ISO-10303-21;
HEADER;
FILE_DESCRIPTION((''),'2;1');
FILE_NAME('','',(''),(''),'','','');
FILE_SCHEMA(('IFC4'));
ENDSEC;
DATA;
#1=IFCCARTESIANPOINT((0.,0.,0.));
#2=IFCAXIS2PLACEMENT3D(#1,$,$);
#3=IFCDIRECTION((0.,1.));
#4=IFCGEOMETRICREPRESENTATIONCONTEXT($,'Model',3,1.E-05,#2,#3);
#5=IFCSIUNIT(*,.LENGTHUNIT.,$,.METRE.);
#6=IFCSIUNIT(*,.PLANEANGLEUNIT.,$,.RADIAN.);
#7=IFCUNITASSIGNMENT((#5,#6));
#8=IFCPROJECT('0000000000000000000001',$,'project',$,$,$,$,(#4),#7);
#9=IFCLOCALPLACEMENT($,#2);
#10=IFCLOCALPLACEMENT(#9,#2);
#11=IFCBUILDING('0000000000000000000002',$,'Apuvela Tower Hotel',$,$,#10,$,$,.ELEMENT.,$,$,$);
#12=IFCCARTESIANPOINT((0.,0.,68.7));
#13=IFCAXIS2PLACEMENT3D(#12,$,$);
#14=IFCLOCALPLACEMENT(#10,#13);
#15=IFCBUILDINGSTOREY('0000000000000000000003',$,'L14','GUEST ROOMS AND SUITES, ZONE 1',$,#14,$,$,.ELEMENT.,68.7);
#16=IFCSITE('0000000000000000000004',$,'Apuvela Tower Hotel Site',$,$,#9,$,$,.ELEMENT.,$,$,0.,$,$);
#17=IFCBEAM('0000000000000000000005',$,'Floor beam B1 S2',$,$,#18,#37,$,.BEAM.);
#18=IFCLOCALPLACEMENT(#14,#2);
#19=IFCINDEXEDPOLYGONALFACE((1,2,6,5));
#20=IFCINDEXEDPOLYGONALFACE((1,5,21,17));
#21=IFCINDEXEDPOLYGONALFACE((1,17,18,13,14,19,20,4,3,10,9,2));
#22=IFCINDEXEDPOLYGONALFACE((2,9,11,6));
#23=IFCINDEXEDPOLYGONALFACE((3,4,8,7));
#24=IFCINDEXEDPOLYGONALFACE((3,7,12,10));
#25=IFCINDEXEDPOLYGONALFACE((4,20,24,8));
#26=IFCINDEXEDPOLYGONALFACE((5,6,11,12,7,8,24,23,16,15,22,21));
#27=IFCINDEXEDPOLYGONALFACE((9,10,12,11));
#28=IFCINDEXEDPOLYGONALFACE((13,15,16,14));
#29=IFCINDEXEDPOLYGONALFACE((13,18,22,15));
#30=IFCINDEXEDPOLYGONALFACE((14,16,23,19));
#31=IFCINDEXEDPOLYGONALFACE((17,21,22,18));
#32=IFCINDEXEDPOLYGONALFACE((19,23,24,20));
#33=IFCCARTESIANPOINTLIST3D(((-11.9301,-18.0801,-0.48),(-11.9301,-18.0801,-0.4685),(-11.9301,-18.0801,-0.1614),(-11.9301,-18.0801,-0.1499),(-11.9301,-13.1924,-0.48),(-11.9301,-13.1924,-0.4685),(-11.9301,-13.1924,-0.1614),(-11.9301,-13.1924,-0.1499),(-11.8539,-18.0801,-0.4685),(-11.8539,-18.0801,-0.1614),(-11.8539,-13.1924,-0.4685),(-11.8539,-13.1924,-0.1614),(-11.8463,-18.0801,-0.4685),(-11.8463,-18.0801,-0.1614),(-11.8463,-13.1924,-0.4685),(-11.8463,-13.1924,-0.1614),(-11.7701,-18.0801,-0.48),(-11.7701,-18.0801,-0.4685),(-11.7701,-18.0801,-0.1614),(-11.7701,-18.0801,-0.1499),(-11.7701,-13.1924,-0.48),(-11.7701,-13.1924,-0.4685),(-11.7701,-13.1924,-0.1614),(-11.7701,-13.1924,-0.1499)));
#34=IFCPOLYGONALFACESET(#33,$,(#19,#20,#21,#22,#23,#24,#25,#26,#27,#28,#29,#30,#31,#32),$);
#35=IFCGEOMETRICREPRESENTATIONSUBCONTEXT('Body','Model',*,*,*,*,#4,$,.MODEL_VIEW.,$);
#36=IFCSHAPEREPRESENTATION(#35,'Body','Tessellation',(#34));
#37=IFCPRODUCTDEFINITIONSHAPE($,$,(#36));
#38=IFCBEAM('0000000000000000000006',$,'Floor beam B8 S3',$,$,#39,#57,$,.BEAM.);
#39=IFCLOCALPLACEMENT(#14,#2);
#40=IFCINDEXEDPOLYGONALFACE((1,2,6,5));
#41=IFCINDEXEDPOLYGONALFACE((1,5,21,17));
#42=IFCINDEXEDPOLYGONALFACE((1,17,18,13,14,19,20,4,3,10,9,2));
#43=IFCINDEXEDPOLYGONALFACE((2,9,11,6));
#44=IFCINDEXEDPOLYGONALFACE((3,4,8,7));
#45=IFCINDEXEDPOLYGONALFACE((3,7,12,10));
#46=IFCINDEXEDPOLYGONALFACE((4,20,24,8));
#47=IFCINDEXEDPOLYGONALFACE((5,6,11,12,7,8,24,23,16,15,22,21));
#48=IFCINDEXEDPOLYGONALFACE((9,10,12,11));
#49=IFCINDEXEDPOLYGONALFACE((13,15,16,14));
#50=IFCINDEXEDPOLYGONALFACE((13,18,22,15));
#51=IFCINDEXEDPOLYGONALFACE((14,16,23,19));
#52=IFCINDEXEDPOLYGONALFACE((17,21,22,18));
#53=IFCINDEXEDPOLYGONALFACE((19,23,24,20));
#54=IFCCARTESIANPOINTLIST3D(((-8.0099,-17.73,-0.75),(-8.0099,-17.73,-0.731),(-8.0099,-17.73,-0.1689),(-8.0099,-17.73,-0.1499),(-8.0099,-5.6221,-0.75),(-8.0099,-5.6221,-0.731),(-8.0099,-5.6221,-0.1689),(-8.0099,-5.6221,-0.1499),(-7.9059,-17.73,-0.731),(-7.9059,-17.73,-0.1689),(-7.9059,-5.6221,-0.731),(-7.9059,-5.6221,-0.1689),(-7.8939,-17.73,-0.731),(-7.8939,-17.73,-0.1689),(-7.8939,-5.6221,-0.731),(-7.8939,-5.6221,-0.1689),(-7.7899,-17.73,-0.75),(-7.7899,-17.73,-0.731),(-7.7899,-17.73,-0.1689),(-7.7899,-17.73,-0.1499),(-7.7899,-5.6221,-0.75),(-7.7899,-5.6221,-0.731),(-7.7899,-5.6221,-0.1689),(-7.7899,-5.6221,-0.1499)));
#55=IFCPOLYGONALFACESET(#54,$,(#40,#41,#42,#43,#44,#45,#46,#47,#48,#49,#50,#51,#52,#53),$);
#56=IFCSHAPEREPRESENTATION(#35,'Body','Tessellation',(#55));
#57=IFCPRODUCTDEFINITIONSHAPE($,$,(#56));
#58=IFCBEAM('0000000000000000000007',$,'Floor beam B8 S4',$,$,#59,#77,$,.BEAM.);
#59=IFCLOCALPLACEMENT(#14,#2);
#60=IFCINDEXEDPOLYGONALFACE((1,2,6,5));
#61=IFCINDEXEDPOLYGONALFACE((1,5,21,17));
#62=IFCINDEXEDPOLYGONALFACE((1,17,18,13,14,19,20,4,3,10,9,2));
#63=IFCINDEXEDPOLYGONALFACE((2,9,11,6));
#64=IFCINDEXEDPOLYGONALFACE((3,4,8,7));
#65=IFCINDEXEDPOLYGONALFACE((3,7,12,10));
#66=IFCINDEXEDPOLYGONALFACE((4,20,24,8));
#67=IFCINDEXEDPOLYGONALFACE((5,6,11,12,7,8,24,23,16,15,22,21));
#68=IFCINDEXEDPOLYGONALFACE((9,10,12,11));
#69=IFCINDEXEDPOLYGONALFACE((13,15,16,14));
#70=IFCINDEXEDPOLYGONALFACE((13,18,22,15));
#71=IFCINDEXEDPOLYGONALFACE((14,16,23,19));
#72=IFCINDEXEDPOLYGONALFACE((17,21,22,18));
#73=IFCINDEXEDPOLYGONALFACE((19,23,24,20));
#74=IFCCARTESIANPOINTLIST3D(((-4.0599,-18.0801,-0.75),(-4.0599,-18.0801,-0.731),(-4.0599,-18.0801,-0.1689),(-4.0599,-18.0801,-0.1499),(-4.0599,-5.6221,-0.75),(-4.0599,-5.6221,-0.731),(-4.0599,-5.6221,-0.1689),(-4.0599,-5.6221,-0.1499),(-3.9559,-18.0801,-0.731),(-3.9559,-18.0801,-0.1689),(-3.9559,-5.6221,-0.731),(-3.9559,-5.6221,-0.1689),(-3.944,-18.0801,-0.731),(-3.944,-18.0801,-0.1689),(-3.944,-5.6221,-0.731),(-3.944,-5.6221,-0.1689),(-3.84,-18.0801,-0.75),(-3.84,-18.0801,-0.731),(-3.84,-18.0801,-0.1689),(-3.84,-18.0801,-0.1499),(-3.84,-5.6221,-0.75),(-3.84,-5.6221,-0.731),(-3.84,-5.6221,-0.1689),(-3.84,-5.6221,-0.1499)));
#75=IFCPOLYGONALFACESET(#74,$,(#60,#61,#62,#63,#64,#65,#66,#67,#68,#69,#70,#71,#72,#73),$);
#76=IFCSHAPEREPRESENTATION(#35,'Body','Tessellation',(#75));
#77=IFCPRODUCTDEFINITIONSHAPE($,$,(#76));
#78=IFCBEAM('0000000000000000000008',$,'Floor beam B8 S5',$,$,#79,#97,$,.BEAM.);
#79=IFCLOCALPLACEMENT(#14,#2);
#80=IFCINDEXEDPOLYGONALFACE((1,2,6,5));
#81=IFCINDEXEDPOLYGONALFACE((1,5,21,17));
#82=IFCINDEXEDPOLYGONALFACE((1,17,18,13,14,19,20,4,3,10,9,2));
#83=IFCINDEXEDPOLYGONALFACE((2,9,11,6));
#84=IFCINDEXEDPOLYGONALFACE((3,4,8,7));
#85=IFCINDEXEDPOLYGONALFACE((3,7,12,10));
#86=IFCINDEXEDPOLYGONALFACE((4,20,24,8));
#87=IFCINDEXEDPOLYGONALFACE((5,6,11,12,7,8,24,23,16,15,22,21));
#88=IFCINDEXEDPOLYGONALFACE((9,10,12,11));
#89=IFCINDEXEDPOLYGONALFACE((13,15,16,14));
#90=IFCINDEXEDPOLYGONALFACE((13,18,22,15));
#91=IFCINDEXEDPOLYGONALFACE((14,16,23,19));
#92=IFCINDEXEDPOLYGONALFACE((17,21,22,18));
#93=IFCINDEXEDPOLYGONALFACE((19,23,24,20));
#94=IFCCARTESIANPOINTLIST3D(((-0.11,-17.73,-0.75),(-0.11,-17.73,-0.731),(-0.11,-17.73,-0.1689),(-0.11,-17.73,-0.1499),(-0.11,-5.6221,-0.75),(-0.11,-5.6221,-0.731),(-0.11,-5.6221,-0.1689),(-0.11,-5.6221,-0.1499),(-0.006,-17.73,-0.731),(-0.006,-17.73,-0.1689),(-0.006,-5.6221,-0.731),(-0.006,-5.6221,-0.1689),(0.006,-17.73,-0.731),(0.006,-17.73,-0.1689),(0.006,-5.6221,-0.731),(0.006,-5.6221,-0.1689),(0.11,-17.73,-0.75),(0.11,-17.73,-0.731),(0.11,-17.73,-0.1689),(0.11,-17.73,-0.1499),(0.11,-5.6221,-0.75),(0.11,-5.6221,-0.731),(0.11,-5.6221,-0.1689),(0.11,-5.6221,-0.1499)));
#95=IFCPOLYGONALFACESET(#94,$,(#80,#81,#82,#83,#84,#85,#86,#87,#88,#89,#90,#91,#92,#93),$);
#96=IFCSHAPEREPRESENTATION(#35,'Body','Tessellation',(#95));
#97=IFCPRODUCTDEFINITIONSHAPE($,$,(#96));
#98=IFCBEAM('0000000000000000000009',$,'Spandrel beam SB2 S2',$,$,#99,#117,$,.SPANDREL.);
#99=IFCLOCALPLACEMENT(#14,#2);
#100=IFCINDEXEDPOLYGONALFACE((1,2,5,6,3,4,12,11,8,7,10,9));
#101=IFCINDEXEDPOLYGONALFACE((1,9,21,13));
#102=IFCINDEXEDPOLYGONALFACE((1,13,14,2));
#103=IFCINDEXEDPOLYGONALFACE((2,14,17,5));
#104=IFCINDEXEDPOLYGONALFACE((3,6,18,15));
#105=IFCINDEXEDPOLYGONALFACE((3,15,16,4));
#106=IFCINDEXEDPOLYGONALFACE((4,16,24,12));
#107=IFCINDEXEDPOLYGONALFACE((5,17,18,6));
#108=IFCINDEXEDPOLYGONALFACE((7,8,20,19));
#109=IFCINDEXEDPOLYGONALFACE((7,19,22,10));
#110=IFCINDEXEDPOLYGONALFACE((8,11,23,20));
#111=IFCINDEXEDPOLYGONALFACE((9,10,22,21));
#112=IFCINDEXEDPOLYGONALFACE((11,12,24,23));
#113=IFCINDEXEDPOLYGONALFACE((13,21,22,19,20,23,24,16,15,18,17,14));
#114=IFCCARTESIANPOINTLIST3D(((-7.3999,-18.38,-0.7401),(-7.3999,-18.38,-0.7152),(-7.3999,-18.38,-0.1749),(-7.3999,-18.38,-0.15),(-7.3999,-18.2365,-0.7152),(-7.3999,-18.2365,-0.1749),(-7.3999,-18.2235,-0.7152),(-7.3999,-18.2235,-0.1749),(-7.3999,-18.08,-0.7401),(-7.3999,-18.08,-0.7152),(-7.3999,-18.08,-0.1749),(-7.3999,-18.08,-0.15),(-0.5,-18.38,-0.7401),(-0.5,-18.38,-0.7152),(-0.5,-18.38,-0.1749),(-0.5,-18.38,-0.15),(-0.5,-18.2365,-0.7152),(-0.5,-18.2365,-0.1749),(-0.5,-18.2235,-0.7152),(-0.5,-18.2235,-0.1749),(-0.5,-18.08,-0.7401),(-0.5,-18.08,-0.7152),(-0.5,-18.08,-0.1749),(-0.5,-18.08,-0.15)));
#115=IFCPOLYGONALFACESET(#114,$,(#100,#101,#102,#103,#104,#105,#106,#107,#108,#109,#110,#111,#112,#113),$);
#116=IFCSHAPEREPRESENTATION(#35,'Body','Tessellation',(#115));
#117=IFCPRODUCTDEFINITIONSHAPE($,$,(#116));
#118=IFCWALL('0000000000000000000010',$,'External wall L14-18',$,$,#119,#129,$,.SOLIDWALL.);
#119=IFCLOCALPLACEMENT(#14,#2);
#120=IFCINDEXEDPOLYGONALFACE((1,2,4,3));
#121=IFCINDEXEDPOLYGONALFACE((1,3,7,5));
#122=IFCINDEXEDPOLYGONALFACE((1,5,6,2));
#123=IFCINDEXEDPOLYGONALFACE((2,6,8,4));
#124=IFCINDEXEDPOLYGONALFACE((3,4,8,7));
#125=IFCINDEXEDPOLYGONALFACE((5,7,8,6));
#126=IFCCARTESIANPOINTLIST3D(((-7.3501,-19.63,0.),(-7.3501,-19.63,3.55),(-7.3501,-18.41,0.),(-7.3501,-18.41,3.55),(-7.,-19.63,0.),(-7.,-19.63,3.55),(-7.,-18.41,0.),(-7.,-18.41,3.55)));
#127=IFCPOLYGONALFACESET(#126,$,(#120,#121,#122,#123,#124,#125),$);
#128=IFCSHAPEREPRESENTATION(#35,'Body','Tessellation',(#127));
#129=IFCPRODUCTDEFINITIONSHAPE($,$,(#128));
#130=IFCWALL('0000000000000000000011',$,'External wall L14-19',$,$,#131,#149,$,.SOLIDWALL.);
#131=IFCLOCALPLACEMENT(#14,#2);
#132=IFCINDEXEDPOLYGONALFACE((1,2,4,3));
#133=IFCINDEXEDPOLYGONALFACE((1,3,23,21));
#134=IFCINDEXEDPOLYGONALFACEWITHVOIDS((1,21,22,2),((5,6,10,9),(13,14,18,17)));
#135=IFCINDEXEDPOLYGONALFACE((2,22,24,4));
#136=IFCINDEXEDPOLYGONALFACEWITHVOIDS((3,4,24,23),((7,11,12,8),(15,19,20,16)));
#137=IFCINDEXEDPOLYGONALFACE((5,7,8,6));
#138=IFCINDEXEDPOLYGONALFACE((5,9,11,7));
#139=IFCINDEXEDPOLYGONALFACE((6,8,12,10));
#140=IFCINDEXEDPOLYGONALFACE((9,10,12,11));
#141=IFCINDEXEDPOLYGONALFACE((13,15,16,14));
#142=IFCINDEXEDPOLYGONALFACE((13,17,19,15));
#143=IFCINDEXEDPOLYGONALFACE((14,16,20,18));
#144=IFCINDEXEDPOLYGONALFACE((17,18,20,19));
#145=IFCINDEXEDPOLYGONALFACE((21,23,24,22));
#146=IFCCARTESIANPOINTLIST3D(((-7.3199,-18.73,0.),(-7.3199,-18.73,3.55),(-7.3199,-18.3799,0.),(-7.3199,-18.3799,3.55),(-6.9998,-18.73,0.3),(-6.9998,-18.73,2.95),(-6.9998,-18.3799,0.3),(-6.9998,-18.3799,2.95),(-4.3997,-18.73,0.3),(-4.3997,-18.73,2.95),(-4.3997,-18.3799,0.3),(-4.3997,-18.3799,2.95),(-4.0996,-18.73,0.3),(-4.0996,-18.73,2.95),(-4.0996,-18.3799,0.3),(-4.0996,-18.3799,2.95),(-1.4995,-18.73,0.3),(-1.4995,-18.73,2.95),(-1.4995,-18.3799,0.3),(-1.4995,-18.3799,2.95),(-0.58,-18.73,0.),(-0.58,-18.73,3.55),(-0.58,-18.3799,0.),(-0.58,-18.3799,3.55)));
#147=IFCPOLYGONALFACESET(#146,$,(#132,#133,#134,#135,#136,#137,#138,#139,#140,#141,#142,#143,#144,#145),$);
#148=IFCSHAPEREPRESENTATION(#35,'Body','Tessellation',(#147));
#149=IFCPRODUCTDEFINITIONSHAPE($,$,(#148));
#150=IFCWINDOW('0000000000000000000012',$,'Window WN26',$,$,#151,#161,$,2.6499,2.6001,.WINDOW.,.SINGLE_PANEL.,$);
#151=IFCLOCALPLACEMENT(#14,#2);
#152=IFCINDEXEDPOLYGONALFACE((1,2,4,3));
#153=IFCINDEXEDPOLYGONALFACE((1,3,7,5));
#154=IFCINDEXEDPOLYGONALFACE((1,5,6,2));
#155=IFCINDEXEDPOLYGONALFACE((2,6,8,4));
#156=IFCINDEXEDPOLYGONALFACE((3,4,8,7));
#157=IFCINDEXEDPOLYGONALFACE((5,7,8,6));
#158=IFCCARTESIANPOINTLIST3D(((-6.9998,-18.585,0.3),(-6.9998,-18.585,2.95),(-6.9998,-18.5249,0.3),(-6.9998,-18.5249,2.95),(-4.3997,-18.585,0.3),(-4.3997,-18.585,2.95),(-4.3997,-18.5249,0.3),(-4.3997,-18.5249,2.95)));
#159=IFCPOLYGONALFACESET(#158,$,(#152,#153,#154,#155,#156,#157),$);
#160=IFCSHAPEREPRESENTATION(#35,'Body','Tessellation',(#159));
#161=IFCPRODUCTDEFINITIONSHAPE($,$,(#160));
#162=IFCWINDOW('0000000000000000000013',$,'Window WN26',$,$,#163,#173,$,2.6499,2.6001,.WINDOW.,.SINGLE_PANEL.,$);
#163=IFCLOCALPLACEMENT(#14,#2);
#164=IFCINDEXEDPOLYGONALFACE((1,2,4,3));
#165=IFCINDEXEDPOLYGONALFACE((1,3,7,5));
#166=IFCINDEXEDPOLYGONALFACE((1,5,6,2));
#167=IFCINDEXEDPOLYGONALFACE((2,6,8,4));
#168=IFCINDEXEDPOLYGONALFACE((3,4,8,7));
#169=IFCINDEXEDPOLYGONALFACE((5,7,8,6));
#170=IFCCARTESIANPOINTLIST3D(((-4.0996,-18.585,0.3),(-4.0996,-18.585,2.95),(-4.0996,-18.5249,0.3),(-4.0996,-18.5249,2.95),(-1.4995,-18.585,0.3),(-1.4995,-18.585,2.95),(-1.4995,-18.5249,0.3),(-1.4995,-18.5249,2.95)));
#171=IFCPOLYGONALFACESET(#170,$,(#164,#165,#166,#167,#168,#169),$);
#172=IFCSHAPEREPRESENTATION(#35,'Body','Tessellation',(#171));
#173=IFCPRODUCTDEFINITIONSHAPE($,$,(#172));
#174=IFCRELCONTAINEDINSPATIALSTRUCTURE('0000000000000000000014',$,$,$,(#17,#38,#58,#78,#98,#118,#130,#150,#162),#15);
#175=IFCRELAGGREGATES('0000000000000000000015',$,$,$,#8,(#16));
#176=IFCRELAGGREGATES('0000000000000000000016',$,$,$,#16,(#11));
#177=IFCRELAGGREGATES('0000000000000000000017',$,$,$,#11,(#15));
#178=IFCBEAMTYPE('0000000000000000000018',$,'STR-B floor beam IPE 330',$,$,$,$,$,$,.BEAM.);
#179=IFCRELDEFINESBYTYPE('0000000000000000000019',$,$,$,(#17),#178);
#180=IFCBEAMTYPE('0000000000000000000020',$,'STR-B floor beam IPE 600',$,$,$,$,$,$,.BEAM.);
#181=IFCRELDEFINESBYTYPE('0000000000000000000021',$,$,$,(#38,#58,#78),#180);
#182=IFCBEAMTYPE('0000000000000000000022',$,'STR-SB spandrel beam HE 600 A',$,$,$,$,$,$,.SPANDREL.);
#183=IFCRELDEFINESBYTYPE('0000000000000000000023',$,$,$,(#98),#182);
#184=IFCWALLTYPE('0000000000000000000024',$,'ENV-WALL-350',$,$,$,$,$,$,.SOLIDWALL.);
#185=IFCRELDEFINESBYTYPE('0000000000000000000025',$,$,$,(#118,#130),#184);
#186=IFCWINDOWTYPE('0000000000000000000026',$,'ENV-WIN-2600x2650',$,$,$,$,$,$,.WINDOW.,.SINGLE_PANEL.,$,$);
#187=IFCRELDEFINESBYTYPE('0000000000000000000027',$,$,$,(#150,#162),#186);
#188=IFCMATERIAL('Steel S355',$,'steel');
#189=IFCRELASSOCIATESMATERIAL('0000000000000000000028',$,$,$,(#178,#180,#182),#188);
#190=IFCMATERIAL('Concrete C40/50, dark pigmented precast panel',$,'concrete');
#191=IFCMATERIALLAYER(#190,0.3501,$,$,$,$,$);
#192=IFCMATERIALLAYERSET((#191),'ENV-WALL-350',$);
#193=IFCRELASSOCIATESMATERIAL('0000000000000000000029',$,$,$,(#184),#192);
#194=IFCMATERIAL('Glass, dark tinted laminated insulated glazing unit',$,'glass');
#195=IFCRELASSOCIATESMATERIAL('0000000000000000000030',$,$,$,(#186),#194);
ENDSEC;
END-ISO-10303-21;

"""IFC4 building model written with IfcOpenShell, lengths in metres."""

from ifc_helpers import new_model, si_unit, direction, frame, frame_2d, origin, origin_2d, place, context, subcontext, project, spatial, rectangle, i_section, extrude, material, layer, layer_set, material_profile, profile_set, type_object, element, fill, save


model = new_model("IFC4")

# Units and contexts
model_context = context("Model", 3, precision=1e-05, world=origin(), true_north=direction((0.0, 1.0)))
body_context = subcontext(model_context, "Body", "Model", "MODEL_VIEW")
ifc_project = project(units=[si_unit("LENGTHUNIT", "METRE"), si_unit("PLANEANGLEUNIT", "RADIAN")], contexts=[model_context])

# Site, building, storey
site_placement = place(None, origin())
site = spatial("IfcSite", under=ifc_project, at=site_placement, Name="Apuvela Tower Hotel Site", CompositionType="ELEMENT", RefElevation=0.0)
building_placement = place(site_placement, origin())
building = spatial("IfcBuilding", under=site, at=building_placement, Name="Apuvela Tower Hotel", CompositionType="ELEMENT")
storey_placement = place(building_placement, frame((0.0, 0.0, 68.7)))
storey = spatial("IfcBuildingStorey", under=building, at=storey_placement, Name="L14", Description="GUEST ROOMS AND SUITES, ZONE 1", CompositionType="ELEMENT", Elevation=68.7)

# Beams
ifc_material_1 = material(Name="Steel S355", Category="steel")
ifc_material_profile_1 = material_profile(ifc_material_1, i_section(OverallWidth=0.1599, OverallDepth=0.3301, WebThickness=0.0076, FlangeThickness=0.0115, at=origin_2d()), Name="IPE 330")
ifc_profile_set_1 = profile_set([ifc_material_profile_1], Name="Steel S355")
beam_type_1 = type_object("IfcBeamType", Name="STR-B floor beam IPE 330", PredefinedType="BEAM", material=ifc_profile_set_1)
beam_1_placement = place(storey_placement, frame((-11.8501, -18.0801, -0.3149), z_axis=(0.0, 1.0, 0.0), x_axis=(-1.0, 0.0, 0.0)))
element("IfcBeam", 1, at=beam_1_placement, inside=storey, type_object=beam_type_1, Name="Floor beam B1 S2", PredefinedType="BEAM", context=body_context, shape_type="SweptSolid", body=[
    extrude(i_section(OverallWidth=0.1599, OverallDepth=0.3301, WebThickness=0.0076, FlangeThickness=0.0115, at=origin_2d()), origin(), (0.0, 0.0, 1.0), 4.8877),
])
ifc_material_profile_2 = material_profile(ifc_material_1, i_section(OverallWidth=0.22, OverallDepth=0.6001, WebThickness=0.012, FlangeThickness=0.019, at=origin_2d()), Name="IPE 600")
ifc_profile_set_2 = profile_set([ifc_material_profile_2], Name="Steel S355")
beam_type_2 = type_object("IfcBeamType", Name="STR-B floor beam IPE 600", PredefinedType="BEAM", material=ifc_profile_set_2)
beam_2_placement = place(storey_placement, frame((-7.8999, -17.73, -0.45), z_axis=(0.0, 1.0, 0.0), x_axis=(-1.0, 0.0, 0.0)))
element("IfcBeam", 2, at=beam_2_placement, inside=storey, type_object=beam_type_2, Name="Floor beam B8 S3", PredefinedType="BEAM", context=body_context, shape_type="SweptSolid", body=[
    extrude(i_section(OverallWidth=0.22, OverallDepth=0.6001, WebThickness=0.012, FlangeThickness=0.019, at=origin_2d()), origin(), (0.0, 0.0, 1.0), 12.1079),
])
beam_3_placement = place(storey_placement, frame((-3.95, -18.0801, -0.45), z_axis=(0.0, 1.0, 0.0), x_axis=(-1.0, 0.0, 0.0)))
element("IfcBeam", 3, at=beam_3_placement, inside=storey, type_object=beam_type_2, Name="Floor beam B8 S4", PredefinedType="BEAM", context=body_context, shape_type="SweptSolid", body=[
    extrude(i_section(OverallWidth=0.22, OverallDepth=0.6001, WebThickness=0.012, FlangeThickness=0.019, at=origin_2d()), origin(), (0.0, 0.0, 1.0), 12.458),
])
beam_4_placement = place(storey_placement, frame((0.0, -17.73, -0.45), z_axis=(0.0, 1.0, 0.0), x_axis=(-1.0, 0.0, 0.0)))
element("IfcBeam", 4, at=beam_4_placement, inside=storey, type_object=beam_type_2, Name="Floor beam B8 S5", PredefinedType="BEAM", context=body_context, shape_type="SweptSolid", body=[
    extrude(i_section(OverallWidth=0.22, OverallDepth=0.6001, WebThickness=0.012, FlangeThickness=0.019, at=origin_2d()), origin(), (0.0, 0.0, 1.0), 12.1079),
])
ifc_material_profile_3 = material_profile(ifc_material_1, i_section(OverallWidth=0.3, OverallDepth=0.5901, WebThickness=0.0129, FlangeThickness=0.0249, at=origin_2d()), Name="HE 600 A")
ifc_profile_set_3 = profile_set([ifc_material_profile_3], Name="Steel S355")
beam_type_3 = type_object("IfcBeamType", Name="STR-SB spandrel beam HE 600 A", PredefinedType="SPANDREL", material=ifc_profile_set_3)
beam_5_placement = place(storey_placement, frame((-7.3999, -18.23, -0.4451), z_axis=(1.0, 0.0, 0.0), x_axis=(0.0, 1.0, 0.0)))
element("IfcBeam", 5, at=beam_5_placement, inside=storey, type_object=beam_type_3, Name="Spandrel beam SB2 S2", PredefinedType="SPANDREL", context=body_context, shape_type="SweptSolid", body=[
    extrude(i_section(OverallWidth=0.3, OverallDepth=0.5901, WebThickness=0.0129, FlangeThickness=0.0249, at=origin_2d()), origin(), (0.0, 0.0, 1.0), 6.8999),
])

# Wall
ifc_material_2 = material(Name="Concrete C40/50, dark pigmented precast panel", Category="concrete")
ifc_layer_1 = layer(ifc_material_2, 0.3501)
ifc_layer_set_1 = layer_set([ifc_layer_1], Name="ENV-WALL-350")
wall_type_1 = type_object("IfcWallType", Name="ENV-WALL-350", PredefinedType="SOLIDWALL", material=ifc_layer_set_1)
wall_1_placement = place(storey_placement, frame((-7.175, -19.6299, 0.0), z_axis=(0.0, 0.0, 1.0), x_axis=(0.0, 1.0, 0.0)))
element("IfcWall", 6, at=wall_1_placement, inside=storey, type_object=wall_type_1, Name="External wall L14-18", PredefinedType="SOLIDWALL", context=body_context, shape_type="SweptSolid", body=[
    extrude(rectangle(XDim=1.22, YDim=0.3501, at=frame_2d((0.6099, 0.0))), origin(), (0.0, 0.0, 1.0), 3.55),
])

# Wall, openings, windows
wall_2_placement = place(storey_placement, frame((-7.3201, -18.5549, 0.0), z_axis=(0.0, 0.0, 1.0), x_axis=(1.0, 0.0, 0.0)))
wall_2 = element("IfcWall", 7, at=wall_2_placement, inside=storey, type_object=wall_type_1, Name="External wall L14-19", PredefinedType="SOLIDWALL", context=body_context, shape_type="SweptSolid", body=[
    extrude(rectangle(XDim=6.74, YDim=0.3501, at=frame_2d((3.3701, 0.0))), origin(), (0.0, 0.0, 1.0), 3.55),
])
opening_1_placement = place(wall_2_placement, frame((0.3203, 0.0, 0.3)))
opening_1 = element("IfcOpeningElement", 8, at=opening_1_placement, cuts=wall_2, PredefinedType="OPENING", context=body_context, shape_type="SweptSolid", body=[
    extrude(rectangle(XDim=2.6001, YDim=2.6499, at=frame_2d((1.3, 1.325))), frame((0.0, 0.1851, 0.0), z_axis=(0.0, -1.0, 0.0), x_axis=(1.0, 0.0, 0.0)), (0.0, 0.0, 1.0), 0.3701),
])
opening_2_placement = place(wall_2_placement, frame((3.2205, 0.0, 0.3)))
opening_2 = element("IfcOpeningElement", 9, at=opening_2_placement, cuts=wall_2, PredefinedType="OPENING", context=body_context, shape_type="SweptSolid", body=[
    extrude(rectangle(XDim=2.6001, YDim=2.6499, at=frame_2d((1.3, 1.325))), frame((0.0, 0.1851, 0.0), z_axis=(0.0, -1.0, 0.0), x_axis=(1.0, 0.0, 0.0)), (0.0, 0.0, 1.0), 0.3701),
])
ifc_material_3 = material(Name="Glass, dark tinted laminated insulated glazing unit", Category="glass")
window_type_1 = type_object("IfcWindowType", Name="ENV-WIN-2600x2650", PartitioningType="SINGLE_PANEL", PredefinedType="WINDOW", material=ifc_material_3)
window_1_placement = place(opening_1_placement, origin())
window_1 = element("IfcWindow", 10, at=window_1_placement, inside=storey, type_object=window_type_1, Name="Window WN26", OverallHeight=2.6499, OverallWidth=2.6001, PartitioningType="SINGLE_PANEL", PredefinedType="WINDOW", context=body_context, shape_type="SweptSolid", body=[
    extrude(rectangle(XDim=2.6001, YDim=2.6499, at=frame_2d((1.3, 1.325))), frame((0.0, 0.03, 0.0), z_axis=(0.0, -1.0, 0.0), x_axis=(1.0, 0.0, 0.0)), (0.0, 0.0, 1.0), 0.0601),
])
fill(opening_1, window_1)
window_2_placement = place(opening_2_placement, origin())
window_2 = element("IfcWindow", 11, at=window_2_placement, inside=storey, type_object=window_type_1, Name="Window WN26", OverallHeight=2.6499, OverallWidth=2.6001, PartitioningType="SINGLE_PANEL", PredefinedType="WINDOW", context=body_context, shape_type="SweptSolid", body=[
    extrude(rectangle(XDim=2.6001, YDim=2.6499, at=frame_2d((1.3, 1.325))), frame((0.0, 0.03, 0.0), z_axis=(0.0, -1.0, 0.0), x_axis=(1.0, 0.0, 0.0)), (0.0, 0.0, 1.0), 0.0601),
])
fill(opening_2, window_2)

save(model, "model.ifc")
